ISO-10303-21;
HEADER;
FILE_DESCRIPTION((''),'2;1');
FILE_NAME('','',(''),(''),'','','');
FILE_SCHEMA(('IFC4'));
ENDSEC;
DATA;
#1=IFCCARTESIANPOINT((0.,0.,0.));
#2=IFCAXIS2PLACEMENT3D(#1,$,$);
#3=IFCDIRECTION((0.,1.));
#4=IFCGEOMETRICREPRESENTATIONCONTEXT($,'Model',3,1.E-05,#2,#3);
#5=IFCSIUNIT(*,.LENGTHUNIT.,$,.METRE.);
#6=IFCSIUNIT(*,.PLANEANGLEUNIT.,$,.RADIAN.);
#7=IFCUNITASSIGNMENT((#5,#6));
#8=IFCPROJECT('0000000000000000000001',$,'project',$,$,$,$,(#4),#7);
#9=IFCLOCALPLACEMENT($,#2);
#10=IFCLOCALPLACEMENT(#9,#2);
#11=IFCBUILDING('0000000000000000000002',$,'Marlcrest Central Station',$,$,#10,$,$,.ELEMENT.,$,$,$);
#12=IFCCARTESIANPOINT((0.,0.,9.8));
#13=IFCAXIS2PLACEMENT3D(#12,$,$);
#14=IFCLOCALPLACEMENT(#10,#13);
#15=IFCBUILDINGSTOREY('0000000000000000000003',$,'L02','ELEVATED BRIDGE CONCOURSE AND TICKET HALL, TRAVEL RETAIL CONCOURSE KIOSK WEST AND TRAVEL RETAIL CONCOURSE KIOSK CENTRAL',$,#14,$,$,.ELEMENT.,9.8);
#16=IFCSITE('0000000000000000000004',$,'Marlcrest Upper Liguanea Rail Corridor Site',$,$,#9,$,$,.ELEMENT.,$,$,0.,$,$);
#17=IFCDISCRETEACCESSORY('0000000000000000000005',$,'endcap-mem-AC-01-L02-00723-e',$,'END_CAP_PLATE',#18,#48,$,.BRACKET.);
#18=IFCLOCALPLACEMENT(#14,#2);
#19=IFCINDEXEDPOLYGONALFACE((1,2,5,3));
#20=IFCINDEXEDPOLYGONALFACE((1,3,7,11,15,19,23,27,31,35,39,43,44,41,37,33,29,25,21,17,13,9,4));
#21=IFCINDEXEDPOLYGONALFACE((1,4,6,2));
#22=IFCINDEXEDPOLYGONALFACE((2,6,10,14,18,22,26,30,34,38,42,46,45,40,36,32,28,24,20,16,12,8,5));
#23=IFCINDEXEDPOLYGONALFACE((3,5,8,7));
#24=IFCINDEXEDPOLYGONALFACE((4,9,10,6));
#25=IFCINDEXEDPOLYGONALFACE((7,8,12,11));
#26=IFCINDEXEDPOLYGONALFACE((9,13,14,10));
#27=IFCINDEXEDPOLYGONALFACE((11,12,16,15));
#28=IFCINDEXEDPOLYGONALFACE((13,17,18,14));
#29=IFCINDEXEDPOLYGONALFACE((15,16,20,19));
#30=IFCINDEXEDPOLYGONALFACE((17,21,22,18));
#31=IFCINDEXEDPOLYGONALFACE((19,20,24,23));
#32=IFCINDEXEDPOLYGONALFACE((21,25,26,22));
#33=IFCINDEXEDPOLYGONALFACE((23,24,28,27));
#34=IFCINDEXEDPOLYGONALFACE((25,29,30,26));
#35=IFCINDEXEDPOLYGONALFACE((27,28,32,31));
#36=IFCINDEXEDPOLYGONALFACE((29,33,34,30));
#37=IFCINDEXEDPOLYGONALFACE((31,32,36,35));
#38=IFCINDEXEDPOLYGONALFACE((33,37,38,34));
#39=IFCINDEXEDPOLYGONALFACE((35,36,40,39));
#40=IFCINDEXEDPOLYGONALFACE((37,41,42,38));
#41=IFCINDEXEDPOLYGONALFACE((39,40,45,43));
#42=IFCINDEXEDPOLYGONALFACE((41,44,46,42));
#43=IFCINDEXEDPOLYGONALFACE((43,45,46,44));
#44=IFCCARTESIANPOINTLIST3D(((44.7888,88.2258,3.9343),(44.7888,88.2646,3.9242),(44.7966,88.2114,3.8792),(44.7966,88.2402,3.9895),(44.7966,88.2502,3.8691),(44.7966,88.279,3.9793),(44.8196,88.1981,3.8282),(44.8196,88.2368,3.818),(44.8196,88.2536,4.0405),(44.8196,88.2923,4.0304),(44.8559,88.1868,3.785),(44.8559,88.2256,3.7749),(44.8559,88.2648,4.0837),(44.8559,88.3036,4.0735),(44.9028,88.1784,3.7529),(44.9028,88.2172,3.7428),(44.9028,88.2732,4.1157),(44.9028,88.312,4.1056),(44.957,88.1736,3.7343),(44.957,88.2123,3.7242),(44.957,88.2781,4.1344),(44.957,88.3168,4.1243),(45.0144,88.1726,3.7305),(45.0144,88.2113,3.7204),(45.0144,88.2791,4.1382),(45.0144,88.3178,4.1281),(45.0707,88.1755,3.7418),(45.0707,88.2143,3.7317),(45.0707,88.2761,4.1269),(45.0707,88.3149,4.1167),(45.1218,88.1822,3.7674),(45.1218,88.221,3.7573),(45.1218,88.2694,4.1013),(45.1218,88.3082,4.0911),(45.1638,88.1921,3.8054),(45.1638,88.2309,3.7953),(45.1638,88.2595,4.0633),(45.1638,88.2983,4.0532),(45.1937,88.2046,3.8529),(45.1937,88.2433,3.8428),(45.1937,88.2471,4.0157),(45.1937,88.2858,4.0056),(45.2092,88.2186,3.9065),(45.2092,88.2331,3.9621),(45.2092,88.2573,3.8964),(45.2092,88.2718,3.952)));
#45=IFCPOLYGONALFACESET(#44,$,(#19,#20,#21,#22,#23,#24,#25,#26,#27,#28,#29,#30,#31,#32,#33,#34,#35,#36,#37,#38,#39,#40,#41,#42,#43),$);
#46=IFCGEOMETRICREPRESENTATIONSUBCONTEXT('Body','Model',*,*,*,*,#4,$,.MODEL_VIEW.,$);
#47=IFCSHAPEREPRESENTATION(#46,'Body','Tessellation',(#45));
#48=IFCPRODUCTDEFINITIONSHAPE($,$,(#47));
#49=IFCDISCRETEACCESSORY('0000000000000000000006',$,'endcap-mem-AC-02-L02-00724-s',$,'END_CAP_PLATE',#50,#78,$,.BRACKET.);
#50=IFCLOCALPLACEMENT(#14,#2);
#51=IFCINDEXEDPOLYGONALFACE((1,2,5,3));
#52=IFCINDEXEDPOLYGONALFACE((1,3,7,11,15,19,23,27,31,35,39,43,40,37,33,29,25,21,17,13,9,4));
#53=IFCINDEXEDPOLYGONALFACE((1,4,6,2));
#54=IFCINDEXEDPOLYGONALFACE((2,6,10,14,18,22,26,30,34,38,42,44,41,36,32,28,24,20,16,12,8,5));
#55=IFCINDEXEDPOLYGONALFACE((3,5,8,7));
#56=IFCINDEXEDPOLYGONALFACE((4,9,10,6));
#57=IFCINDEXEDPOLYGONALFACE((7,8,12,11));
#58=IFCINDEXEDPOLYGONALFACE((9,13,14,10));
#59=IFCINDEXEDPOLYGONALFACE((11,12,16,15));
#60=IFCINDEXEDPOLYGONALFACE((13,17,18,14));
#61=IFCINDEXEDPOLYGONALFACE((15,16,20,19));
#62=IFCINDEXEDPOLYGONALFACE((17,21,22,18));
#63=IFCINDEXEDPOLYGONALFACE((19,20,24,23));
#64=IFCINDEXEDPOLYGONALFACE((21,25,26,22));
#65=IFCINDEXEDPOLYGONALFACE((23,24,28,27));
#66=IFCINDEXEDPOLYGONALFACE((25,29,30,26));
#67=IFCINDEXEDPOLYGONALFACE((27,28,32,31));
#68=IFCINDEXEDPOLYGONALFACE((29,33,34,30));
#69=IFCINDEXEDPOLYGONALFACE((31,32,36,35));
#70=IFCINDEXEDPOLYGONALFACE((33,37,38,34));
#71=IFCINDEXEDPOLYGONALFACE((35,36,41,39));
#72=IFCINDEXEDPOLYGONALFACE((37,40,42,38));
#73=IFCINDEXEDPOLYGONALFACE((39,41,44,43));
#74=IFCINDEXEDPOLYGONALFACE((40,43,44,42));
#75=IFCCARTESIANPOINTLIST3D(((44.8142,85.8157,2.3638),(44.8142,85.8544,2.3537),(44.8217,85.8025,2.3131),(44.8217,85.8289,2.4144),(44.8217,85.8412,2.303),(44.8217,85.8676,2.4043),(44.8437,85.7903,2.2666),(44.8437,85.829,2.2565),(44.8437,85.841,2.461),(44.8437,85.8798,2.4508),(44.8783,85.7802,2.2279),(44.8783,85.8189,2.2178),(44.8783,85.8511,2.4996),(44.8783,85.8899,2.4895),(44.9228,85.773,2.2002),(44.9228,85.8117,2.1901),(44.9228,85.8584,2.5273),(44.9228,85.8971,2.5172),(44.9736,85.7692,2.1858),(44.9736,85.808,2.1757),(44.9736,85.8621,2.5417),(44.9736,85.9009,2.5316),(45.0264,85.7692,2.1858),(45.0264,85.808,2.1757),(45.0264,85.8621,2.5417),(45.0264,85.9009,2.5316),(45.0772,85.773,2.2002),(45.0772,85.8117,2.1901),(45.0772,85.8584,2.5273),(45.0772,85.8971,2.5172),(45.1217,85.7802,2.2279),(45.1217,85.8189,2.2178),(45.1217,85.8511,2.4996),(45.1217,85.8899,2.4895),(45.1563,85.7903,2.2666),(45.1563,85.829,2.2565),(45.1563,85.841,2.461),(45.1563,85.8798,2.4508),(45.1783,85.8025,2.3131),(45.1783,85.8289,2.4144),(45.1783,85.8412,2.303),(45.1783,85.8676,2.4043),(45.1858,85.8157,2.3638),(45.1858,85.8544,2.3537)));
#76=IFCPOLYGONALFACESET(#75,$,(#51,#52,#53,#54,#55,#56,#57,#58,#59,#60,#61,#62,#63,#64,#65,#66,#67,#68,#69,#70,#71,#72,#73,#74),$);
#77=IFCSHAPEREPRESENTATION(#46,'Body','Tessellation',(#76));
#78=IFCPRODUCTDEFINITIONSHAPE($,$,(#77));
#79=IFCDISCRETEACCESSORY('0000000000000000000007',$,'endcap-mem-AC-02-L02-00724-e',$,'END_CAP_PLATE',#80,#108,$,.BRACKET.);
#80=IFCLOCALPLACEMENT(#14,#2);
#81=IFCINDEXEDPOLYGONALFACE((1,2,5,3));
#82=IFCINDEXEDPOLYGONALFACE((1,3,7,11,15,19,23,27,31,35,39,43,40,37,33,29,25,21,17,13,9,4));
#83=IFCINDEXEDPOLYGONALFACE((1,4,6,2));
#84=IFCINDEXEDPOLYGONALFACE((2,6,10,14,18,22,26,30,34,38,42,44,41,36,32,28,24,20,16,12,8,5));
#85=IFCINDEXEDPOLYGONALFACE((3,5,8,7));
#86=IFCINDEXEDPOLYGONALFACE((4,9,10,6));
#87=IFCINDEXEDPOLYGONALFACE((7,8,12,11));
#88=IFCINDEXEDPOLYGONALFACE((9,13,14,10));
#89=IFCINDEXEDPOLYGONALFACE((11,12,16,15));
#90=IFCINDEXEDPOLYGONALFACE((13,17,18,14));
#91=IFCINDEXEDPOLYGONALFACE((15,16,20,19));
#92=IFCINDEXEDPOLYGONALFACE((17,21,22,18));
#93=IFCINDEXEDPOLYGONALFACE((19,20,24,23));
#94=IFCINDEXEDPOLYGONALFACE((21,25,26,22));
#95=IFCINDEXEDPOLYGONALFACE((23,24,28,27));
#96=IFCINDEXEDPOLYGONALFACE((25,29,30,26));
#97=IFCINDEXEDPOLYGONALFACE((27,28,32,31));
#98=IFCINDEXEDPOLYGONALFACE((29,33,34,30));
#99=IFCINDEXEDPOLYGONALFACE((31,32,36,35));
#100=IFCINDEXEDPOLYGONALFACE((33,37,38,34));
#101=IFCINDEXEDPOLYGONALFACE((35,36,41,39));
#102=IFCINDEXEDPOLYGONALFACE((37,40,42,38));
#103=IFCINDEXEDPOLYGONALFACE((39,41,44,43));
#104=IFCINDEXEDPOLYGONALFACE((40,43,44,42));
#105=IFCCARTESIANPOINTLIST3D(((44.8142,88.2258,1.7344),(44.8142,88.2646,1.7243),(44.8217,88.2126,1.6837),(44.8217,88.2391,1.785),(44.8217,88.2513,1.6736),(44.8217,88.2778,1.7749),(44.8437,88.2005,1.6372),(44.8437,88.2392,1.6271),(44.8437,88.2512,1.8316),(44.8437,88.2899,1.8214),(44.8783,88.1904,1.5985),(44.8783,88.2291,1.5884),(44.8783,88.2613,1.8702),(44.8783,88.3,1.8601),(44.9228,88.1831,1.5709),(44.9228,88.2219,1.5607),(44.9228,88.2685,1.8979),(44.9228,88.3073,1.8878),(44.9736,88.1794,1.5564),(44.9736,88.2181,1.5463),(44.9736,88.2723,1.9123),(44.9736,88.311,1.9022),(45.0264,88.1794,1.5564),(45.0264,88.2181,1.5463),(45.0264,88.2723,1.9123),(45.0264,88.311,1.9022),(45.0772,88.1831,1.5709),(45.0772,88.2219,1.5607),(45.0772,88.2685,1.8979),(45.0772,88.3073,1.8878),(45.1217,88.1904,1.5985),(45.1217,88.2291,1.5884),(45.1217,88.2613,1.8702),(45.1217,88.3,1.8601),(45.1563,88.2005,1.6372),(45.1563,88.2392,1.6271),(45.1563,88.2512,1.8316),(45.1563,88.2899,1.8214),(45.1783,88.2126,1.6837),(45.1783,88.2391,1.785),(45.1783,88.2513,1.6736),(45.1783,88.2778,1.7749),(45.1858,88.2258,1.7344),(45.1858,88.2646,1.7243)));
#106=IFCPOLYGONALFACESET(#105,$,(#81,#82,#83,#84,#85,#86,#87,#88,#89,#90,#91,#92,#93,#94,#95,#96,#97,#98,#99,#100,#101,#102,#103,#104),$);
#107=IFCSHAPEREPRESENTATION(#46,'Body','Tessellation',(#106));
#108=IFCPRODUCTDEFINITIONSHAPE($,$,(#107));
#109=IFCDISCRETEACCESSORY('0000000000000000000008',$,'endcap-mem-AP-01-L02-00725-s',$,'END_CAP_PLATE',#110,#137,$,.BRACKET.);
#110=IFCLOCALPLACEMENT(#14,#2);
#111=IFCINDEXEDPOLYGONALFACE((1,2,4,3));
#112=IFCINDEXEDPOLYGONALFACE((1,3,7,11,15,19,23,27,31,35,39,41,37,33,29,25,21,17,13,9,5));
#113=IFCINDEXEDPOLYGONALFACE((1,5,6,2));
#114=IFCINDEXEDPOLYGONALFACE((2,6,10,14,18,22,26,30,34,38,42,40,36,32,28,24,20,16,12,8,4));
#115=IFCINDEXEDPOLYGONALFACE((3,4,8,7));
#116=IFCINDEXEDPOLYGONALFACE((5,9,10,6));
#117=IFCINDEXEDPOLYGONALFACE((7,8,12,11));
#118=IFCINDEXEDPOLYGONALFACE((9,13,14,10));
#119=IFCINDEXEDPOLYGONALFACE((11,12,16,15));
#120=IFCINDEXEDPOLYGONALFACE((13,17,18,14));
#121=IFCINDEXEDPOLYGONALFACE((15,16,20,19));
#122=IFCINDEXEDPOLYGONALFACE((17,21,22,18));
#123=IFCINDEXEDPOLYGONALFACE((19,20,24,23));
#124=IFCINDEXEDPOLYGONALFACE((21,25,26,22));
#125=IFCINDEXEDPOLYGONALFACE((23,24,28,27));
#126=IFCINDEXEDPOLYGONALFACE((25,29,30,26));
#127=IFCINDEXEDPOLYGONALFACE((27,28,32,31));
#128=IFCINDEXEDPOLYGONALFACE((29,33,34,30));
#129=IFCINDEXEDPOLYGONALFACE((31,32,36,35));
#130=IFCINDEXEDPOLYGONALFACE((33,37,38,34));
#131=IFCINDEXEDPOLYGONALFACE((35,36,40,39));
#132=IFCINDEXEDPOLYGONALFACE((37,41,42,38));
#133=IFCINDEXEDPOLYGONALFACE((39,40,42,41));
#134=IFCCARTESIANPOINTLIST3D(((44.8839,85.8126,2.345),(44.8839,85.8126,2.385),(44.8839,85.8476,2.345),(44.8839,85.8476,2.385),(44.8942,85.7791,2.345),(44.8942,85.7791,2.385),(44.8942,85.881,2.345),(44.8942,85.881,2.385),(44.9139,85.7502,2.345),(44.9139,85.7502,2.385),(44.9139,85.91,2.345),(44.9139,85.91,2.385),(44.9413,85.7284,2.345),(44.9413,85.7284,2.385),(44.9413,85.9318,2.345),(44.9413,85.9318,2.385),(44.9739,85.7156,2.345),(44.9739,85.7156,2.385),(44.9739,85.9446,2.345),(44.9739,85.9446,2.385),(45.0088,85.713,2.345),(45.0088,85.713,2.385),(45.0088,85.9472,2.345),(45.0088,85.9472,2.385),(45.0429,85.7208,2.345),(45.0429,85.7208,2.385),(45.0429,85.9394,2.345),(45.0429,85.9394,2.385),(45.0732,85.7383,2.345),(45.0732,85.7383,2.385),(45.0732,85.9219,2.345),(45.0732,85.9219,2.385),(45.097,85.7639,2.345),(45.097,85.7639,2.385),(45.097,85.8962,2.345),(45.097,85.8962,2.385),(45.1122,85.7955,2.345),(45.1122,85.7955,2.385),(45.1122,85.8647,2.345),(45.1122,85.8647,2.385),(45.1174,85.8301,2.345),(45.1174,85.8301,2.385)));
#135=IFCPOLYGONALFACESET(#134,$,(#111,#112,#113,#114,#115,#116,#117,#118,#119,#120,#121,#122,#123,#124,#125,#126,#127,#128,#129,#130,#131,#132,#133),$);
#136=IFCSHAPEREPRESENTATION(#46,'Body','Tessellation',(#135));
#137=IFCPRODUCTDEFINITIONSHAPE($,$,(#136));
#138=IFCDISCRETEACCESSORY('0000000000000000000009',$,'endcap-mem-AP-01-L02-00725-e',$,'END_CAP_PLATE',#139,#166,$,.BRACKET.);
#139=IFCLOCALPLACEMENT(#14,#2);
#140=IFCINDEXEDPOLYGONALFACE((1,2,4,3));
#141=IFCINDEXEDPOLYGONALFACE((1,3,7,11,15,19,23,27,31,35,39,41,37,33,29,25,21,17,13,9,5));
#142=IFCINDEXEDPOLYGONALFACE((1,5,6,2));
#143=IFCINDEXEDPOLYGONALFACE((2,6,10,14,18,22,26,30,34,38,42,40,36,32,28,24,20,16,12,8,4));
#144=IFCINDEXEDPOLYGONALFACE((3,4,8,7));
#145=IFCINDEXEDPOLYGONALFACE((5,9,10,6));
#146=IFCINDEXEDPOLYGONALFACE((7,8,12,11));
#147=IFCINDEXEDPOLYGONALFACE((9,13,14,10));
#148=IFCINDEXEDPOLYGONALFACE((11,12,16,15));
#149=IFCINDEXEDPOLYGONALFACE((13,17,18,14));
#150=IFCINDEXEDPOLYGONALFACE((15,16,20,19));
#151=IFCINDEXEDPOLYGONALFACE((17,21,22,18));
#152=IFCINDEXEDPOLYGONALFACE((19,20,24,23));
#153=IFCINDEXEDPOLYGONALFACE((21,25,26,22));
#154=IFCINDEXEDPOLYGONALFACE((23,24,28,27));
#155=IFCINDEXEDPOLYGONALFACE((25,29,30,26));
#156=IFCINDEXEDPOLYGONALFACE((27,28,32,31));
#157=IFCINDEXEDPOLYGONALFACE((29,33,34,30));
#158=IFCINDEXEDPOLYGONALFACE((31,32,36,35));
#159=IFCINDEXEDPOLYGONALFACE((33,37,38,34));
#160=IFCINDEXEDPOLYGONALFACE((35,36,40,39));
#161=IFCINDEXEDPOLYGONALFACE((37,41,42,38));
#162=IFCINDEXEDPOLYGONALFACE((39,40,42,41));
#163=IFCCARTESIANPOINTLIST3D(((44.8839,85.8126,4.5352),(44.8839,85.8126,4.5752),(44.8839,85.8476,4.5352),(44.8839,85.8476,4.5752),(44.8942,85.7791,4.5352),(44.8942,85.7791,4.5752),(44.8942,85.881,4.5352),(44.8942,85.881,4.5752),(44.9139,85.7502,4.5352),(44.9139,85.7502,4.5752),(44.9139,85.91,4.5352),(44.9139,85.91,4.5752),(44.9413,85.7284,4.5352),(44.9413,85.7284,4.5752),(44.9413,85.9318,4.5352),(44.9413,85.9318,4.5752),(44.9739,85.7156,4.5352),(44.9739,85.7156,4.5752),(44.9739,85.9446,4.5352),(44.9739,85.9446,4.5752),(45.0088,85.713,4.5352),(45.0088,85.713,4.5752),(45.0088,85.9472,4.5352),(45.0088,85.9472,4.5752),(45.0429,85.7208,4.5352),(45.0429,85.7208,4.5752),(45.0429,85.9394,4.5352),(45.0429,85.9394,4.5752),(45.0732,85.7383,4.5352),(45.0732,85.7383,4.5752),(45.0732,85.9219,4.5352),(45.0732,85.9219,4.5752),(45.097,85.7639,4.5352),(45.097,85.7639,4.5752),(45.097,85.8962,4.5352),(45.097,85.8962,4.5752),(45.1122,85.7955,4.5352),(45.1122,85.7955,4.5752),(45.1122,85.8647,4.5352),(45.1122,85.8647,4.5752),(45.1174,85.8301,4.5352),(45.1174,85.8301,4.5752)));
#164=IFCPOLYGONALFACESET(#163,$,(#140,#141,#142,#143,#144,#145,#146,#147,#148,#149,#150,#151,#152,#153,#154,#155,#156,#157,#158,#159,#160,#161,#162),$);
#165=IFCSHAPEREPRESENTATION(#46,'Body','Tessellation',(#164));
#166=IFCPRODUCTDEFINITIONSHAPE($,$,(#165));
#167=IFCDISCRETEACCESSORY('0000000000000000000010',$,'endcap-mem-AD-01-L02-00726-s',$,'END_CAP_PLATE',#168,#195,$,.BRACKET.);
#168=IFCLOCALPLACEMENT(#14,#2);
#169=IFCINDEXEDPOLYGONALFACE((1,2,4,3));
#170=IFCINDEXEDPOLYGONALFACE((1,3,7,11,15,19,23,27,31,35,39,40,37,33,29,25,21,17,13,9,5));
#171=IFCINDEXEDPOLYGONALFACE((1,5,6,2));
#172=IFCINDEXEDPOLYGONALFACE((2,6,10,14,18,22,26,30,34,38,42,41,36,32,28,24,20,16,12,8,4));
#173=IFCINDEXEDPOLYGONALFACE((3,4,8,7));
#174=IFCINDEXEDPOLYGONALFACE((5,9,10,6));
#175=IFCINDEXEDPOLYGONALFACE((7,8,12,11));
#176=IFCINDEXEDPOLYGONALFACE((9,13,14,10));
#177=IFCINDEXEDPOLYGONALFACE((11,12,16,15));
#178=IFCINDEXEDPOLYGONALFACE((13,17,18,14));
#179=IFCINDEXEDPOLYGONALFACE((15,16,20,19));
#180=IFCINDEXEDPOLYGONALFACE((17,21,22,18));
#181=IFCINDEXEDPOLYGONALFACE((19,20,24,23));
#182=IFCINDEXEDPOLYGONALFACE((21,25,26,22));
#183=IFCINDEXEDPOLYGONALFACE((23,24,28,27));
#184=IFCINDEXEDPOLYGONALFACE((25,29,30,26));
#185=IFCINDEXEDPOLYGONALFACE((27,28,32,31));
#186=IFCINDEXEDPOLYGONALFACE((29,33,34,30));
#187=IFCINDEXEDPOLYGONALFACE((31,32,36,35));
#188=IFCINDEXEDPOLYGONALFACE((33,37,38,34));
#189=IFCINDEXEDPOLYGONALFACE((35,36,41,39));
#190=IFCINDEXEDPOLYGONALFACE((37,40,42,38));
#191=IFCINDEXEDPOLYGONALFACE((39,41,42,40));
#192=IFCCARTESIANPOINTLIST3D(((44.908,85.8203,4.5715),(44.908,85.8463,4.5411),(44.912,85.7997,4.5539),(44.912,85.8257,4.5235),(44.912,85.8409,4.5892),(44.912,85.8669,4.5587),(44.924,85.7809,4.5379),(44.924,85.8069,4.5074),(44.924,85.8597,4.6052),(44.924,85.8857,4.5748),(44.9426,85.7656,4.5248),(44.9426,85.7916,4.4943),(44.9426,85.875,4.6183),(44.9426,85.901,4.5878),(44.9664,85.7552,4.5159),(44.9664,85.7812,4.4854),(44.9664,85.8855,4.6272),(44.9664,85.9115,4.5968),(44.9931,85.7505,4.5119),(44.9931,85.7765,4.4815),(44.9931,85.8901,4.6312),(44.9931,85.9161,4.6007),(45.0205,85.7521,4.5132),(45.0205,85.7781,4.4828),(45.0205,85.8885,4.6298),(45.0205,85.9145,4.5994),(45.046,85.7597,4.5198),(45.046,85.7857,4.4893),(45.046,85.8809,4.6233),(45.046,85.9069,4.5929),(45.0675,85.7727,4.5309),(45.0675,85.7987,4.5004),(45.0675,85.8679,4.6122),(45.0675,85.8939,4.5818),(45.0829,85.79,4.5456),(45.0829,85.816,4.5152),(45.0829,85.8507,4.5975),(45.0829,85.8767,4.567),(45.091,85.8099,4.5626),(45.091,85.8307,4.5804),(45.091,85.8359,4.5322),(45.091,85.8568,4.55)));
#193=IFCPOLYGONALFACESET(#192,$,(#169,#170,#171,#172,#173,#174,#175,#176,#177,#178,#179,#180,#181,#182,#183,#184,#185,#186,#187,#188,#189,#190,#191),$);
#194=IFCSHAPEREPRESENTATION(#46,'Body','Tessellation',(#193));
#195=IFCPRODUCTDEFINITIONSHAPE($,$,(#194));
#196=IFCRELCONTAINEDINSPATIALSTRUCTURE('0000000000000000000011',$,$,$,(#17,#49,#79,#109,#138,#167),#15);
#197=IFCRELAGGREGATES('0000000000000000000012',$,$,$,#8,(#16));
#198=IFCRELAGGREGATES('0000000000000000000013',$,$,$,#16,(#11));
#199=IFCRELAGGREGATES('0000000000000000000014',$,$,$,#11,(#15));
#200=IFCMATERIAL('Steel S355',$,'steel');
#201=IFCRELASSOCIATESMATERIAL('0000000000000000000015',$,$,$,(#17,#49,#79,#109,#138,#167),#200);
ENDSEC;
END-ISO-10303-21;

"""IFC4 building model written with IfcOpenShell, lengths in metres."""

from ifc_helpers import new_model, si_unit, direction, frame, origin, origin_2d, place, context, subcontext, project, spatial, circle, extrude, material, element, save


model = new_model("IFC4")

# Units and contexts
model_context = context("Model", 3, precision=1e-05, world=origin(), true_north=direction((0.0, 1.0)))
body_context = subcontext(model_context, "Body", "Model", "MODEL_VIEW")
ifc_project = project(units=[si_unit("LENGTHUNIT", "METRE"), si_unit("PLANEANGLEUNIT", "RADIAN")], contexts=[model_context])

# Site, building, storey
site_placement = place(None, origin())
site = spatial("IfcSite", under=ifc_project, at=site_placement, Name="Marlcrest Upper Liguanea Rail Corridor Site", CompositionType="ELEMENT", RefElevation=0.0)
building_placement = place(site_placement, origin())
building = spatial("IfcBuilding", under=site, at=building_placement, Name="Marlcrest Central Station", CompositionType="ELEMENT")
storey_placement = place(building_placement, frame((0.0, 0.0, 9.8)))
storey = spatial("IfcBuildingStorey", under=building, at=storey_placement, Name="L02", Description="ELEVATED BRIDGE CONCOURSE AND TICKET HALL, TRAVEL RETAIL CONCOURSE KIOSK WEST AND TRAVEL RETAIL CONCOURSE KIOSK CENTRAL", CompositionType="ELEMENT", Elevation=9.8)

# Shared definitions
ifc_material_1 = material(Name="Steel S355", Category="steel")

# Discrete accessories
for number, where, z_axis, x_axis, name in (
    (1, (45.0, 88.2258, 3.9343), (0.0, 0.967539, -0.25272), (-1.0, 0.0, 0.0), "endcap-mem-AC-01-L02-00723-e"),
):
    element("IfcDiscreteAccessory", number, at=place(storey_placement, frame(where, z_axis=z_axis, x_axis=x_axis)), inside=storey, material=ifc_material_1, Name=name, ObjectType="END_CAP_PLATE", PredefinedType="BRACKET", context=body_context, shape_type="SweptSolid", body=[
        extrude(circle(Radius=0.2112, at=origin_2d()), origin(), (0.0, 0.0, 1.0), 0.04),
    ])
for number, where, z_axis, x_axis, name in (
    (2, (45.0, 85.8157, 2.3638), (0.0, 0.967563, -0.252629), (-1.0, 0.0, 0.0), "endcap-mem-AC-02-L02-00724-s"),
    (3, (45.0, 88.2258, 1.7344), (0.0, 0.967563, -0.252629), (-1.0, 0.0, 0.0), "endcap-mem-AC-02-L02-00724-e"),
):
    element("IfcDiscreteAccessory", number, at=place(storey_placement, frame(where, z_axis=z_axis, x_axis=x_axis)), inside=storey, material=ifc_material_1, Name=name, ObjectType="END_CAP_PLATE", PredefinedType="BRACKET", context=body_context, shape_type="SweptSolid", body=[
        extrude(circle(Radius=0.1858, at=origin_2d()), origin(), (0.0, 0.0, 1.0), 0.04),
    ])
for number, where, z_axis, x_axis, name in (
    (4, (45.0, 85.8301, 2.345), (0.0, 0.0, 1.0), (1.0, 0.0, 0.0), "endcap-mem-AP-01-L02-00725-s"),
    (5, (45.0, 85.8301, 4.5352), (0.0, 0.0, 1.0), (1.0, 0.0, 0.0), "endcap-mem-AP-01-L02-00725-e"),
):
    element("IfcDiscreteAccessory", number, at=place(storey_placement, frame(where, z_axis=z_axis, x_axis=x_axis)), inside=storey, material=ifc_material_1, Name=name, ObjectType="END_CAP_PLATE", PredefinedType="BRACKET", context=body_context, shape_type="SweptSolid", body=[
        extrude(circle(Radius=0.1174, at=origin_2d()), origin(), (0.0, 0.0, 1.0), 0.04),
    ])
for number, where, z_axis, x_axis, name in (
    (6, (45.0, 85.8203, 4.5715), (0.0, 0.649625, -0.760255), (-1.0, 0.0, 0.0), "endcap-mem-AD-01-L02-00726-s"),
):
    element("IfcDiscreteAccessory", number, at=place(storey_placement, frame(where, z_axis=z_axis, x_axis=x_axis)), inside=storey, material=ifc_material_1, Name=name, ObjectType="END_CAP_PLATE", PredefinedType="BRACKET", context=body_context, shape_type="SweptSolid", body=[
        extrude(circle(Radius=0.092, at=origin_2d()), origin(), (0.0, 0.0, 1.0), 0.04),
    ])

save(model, "model.ifc")
